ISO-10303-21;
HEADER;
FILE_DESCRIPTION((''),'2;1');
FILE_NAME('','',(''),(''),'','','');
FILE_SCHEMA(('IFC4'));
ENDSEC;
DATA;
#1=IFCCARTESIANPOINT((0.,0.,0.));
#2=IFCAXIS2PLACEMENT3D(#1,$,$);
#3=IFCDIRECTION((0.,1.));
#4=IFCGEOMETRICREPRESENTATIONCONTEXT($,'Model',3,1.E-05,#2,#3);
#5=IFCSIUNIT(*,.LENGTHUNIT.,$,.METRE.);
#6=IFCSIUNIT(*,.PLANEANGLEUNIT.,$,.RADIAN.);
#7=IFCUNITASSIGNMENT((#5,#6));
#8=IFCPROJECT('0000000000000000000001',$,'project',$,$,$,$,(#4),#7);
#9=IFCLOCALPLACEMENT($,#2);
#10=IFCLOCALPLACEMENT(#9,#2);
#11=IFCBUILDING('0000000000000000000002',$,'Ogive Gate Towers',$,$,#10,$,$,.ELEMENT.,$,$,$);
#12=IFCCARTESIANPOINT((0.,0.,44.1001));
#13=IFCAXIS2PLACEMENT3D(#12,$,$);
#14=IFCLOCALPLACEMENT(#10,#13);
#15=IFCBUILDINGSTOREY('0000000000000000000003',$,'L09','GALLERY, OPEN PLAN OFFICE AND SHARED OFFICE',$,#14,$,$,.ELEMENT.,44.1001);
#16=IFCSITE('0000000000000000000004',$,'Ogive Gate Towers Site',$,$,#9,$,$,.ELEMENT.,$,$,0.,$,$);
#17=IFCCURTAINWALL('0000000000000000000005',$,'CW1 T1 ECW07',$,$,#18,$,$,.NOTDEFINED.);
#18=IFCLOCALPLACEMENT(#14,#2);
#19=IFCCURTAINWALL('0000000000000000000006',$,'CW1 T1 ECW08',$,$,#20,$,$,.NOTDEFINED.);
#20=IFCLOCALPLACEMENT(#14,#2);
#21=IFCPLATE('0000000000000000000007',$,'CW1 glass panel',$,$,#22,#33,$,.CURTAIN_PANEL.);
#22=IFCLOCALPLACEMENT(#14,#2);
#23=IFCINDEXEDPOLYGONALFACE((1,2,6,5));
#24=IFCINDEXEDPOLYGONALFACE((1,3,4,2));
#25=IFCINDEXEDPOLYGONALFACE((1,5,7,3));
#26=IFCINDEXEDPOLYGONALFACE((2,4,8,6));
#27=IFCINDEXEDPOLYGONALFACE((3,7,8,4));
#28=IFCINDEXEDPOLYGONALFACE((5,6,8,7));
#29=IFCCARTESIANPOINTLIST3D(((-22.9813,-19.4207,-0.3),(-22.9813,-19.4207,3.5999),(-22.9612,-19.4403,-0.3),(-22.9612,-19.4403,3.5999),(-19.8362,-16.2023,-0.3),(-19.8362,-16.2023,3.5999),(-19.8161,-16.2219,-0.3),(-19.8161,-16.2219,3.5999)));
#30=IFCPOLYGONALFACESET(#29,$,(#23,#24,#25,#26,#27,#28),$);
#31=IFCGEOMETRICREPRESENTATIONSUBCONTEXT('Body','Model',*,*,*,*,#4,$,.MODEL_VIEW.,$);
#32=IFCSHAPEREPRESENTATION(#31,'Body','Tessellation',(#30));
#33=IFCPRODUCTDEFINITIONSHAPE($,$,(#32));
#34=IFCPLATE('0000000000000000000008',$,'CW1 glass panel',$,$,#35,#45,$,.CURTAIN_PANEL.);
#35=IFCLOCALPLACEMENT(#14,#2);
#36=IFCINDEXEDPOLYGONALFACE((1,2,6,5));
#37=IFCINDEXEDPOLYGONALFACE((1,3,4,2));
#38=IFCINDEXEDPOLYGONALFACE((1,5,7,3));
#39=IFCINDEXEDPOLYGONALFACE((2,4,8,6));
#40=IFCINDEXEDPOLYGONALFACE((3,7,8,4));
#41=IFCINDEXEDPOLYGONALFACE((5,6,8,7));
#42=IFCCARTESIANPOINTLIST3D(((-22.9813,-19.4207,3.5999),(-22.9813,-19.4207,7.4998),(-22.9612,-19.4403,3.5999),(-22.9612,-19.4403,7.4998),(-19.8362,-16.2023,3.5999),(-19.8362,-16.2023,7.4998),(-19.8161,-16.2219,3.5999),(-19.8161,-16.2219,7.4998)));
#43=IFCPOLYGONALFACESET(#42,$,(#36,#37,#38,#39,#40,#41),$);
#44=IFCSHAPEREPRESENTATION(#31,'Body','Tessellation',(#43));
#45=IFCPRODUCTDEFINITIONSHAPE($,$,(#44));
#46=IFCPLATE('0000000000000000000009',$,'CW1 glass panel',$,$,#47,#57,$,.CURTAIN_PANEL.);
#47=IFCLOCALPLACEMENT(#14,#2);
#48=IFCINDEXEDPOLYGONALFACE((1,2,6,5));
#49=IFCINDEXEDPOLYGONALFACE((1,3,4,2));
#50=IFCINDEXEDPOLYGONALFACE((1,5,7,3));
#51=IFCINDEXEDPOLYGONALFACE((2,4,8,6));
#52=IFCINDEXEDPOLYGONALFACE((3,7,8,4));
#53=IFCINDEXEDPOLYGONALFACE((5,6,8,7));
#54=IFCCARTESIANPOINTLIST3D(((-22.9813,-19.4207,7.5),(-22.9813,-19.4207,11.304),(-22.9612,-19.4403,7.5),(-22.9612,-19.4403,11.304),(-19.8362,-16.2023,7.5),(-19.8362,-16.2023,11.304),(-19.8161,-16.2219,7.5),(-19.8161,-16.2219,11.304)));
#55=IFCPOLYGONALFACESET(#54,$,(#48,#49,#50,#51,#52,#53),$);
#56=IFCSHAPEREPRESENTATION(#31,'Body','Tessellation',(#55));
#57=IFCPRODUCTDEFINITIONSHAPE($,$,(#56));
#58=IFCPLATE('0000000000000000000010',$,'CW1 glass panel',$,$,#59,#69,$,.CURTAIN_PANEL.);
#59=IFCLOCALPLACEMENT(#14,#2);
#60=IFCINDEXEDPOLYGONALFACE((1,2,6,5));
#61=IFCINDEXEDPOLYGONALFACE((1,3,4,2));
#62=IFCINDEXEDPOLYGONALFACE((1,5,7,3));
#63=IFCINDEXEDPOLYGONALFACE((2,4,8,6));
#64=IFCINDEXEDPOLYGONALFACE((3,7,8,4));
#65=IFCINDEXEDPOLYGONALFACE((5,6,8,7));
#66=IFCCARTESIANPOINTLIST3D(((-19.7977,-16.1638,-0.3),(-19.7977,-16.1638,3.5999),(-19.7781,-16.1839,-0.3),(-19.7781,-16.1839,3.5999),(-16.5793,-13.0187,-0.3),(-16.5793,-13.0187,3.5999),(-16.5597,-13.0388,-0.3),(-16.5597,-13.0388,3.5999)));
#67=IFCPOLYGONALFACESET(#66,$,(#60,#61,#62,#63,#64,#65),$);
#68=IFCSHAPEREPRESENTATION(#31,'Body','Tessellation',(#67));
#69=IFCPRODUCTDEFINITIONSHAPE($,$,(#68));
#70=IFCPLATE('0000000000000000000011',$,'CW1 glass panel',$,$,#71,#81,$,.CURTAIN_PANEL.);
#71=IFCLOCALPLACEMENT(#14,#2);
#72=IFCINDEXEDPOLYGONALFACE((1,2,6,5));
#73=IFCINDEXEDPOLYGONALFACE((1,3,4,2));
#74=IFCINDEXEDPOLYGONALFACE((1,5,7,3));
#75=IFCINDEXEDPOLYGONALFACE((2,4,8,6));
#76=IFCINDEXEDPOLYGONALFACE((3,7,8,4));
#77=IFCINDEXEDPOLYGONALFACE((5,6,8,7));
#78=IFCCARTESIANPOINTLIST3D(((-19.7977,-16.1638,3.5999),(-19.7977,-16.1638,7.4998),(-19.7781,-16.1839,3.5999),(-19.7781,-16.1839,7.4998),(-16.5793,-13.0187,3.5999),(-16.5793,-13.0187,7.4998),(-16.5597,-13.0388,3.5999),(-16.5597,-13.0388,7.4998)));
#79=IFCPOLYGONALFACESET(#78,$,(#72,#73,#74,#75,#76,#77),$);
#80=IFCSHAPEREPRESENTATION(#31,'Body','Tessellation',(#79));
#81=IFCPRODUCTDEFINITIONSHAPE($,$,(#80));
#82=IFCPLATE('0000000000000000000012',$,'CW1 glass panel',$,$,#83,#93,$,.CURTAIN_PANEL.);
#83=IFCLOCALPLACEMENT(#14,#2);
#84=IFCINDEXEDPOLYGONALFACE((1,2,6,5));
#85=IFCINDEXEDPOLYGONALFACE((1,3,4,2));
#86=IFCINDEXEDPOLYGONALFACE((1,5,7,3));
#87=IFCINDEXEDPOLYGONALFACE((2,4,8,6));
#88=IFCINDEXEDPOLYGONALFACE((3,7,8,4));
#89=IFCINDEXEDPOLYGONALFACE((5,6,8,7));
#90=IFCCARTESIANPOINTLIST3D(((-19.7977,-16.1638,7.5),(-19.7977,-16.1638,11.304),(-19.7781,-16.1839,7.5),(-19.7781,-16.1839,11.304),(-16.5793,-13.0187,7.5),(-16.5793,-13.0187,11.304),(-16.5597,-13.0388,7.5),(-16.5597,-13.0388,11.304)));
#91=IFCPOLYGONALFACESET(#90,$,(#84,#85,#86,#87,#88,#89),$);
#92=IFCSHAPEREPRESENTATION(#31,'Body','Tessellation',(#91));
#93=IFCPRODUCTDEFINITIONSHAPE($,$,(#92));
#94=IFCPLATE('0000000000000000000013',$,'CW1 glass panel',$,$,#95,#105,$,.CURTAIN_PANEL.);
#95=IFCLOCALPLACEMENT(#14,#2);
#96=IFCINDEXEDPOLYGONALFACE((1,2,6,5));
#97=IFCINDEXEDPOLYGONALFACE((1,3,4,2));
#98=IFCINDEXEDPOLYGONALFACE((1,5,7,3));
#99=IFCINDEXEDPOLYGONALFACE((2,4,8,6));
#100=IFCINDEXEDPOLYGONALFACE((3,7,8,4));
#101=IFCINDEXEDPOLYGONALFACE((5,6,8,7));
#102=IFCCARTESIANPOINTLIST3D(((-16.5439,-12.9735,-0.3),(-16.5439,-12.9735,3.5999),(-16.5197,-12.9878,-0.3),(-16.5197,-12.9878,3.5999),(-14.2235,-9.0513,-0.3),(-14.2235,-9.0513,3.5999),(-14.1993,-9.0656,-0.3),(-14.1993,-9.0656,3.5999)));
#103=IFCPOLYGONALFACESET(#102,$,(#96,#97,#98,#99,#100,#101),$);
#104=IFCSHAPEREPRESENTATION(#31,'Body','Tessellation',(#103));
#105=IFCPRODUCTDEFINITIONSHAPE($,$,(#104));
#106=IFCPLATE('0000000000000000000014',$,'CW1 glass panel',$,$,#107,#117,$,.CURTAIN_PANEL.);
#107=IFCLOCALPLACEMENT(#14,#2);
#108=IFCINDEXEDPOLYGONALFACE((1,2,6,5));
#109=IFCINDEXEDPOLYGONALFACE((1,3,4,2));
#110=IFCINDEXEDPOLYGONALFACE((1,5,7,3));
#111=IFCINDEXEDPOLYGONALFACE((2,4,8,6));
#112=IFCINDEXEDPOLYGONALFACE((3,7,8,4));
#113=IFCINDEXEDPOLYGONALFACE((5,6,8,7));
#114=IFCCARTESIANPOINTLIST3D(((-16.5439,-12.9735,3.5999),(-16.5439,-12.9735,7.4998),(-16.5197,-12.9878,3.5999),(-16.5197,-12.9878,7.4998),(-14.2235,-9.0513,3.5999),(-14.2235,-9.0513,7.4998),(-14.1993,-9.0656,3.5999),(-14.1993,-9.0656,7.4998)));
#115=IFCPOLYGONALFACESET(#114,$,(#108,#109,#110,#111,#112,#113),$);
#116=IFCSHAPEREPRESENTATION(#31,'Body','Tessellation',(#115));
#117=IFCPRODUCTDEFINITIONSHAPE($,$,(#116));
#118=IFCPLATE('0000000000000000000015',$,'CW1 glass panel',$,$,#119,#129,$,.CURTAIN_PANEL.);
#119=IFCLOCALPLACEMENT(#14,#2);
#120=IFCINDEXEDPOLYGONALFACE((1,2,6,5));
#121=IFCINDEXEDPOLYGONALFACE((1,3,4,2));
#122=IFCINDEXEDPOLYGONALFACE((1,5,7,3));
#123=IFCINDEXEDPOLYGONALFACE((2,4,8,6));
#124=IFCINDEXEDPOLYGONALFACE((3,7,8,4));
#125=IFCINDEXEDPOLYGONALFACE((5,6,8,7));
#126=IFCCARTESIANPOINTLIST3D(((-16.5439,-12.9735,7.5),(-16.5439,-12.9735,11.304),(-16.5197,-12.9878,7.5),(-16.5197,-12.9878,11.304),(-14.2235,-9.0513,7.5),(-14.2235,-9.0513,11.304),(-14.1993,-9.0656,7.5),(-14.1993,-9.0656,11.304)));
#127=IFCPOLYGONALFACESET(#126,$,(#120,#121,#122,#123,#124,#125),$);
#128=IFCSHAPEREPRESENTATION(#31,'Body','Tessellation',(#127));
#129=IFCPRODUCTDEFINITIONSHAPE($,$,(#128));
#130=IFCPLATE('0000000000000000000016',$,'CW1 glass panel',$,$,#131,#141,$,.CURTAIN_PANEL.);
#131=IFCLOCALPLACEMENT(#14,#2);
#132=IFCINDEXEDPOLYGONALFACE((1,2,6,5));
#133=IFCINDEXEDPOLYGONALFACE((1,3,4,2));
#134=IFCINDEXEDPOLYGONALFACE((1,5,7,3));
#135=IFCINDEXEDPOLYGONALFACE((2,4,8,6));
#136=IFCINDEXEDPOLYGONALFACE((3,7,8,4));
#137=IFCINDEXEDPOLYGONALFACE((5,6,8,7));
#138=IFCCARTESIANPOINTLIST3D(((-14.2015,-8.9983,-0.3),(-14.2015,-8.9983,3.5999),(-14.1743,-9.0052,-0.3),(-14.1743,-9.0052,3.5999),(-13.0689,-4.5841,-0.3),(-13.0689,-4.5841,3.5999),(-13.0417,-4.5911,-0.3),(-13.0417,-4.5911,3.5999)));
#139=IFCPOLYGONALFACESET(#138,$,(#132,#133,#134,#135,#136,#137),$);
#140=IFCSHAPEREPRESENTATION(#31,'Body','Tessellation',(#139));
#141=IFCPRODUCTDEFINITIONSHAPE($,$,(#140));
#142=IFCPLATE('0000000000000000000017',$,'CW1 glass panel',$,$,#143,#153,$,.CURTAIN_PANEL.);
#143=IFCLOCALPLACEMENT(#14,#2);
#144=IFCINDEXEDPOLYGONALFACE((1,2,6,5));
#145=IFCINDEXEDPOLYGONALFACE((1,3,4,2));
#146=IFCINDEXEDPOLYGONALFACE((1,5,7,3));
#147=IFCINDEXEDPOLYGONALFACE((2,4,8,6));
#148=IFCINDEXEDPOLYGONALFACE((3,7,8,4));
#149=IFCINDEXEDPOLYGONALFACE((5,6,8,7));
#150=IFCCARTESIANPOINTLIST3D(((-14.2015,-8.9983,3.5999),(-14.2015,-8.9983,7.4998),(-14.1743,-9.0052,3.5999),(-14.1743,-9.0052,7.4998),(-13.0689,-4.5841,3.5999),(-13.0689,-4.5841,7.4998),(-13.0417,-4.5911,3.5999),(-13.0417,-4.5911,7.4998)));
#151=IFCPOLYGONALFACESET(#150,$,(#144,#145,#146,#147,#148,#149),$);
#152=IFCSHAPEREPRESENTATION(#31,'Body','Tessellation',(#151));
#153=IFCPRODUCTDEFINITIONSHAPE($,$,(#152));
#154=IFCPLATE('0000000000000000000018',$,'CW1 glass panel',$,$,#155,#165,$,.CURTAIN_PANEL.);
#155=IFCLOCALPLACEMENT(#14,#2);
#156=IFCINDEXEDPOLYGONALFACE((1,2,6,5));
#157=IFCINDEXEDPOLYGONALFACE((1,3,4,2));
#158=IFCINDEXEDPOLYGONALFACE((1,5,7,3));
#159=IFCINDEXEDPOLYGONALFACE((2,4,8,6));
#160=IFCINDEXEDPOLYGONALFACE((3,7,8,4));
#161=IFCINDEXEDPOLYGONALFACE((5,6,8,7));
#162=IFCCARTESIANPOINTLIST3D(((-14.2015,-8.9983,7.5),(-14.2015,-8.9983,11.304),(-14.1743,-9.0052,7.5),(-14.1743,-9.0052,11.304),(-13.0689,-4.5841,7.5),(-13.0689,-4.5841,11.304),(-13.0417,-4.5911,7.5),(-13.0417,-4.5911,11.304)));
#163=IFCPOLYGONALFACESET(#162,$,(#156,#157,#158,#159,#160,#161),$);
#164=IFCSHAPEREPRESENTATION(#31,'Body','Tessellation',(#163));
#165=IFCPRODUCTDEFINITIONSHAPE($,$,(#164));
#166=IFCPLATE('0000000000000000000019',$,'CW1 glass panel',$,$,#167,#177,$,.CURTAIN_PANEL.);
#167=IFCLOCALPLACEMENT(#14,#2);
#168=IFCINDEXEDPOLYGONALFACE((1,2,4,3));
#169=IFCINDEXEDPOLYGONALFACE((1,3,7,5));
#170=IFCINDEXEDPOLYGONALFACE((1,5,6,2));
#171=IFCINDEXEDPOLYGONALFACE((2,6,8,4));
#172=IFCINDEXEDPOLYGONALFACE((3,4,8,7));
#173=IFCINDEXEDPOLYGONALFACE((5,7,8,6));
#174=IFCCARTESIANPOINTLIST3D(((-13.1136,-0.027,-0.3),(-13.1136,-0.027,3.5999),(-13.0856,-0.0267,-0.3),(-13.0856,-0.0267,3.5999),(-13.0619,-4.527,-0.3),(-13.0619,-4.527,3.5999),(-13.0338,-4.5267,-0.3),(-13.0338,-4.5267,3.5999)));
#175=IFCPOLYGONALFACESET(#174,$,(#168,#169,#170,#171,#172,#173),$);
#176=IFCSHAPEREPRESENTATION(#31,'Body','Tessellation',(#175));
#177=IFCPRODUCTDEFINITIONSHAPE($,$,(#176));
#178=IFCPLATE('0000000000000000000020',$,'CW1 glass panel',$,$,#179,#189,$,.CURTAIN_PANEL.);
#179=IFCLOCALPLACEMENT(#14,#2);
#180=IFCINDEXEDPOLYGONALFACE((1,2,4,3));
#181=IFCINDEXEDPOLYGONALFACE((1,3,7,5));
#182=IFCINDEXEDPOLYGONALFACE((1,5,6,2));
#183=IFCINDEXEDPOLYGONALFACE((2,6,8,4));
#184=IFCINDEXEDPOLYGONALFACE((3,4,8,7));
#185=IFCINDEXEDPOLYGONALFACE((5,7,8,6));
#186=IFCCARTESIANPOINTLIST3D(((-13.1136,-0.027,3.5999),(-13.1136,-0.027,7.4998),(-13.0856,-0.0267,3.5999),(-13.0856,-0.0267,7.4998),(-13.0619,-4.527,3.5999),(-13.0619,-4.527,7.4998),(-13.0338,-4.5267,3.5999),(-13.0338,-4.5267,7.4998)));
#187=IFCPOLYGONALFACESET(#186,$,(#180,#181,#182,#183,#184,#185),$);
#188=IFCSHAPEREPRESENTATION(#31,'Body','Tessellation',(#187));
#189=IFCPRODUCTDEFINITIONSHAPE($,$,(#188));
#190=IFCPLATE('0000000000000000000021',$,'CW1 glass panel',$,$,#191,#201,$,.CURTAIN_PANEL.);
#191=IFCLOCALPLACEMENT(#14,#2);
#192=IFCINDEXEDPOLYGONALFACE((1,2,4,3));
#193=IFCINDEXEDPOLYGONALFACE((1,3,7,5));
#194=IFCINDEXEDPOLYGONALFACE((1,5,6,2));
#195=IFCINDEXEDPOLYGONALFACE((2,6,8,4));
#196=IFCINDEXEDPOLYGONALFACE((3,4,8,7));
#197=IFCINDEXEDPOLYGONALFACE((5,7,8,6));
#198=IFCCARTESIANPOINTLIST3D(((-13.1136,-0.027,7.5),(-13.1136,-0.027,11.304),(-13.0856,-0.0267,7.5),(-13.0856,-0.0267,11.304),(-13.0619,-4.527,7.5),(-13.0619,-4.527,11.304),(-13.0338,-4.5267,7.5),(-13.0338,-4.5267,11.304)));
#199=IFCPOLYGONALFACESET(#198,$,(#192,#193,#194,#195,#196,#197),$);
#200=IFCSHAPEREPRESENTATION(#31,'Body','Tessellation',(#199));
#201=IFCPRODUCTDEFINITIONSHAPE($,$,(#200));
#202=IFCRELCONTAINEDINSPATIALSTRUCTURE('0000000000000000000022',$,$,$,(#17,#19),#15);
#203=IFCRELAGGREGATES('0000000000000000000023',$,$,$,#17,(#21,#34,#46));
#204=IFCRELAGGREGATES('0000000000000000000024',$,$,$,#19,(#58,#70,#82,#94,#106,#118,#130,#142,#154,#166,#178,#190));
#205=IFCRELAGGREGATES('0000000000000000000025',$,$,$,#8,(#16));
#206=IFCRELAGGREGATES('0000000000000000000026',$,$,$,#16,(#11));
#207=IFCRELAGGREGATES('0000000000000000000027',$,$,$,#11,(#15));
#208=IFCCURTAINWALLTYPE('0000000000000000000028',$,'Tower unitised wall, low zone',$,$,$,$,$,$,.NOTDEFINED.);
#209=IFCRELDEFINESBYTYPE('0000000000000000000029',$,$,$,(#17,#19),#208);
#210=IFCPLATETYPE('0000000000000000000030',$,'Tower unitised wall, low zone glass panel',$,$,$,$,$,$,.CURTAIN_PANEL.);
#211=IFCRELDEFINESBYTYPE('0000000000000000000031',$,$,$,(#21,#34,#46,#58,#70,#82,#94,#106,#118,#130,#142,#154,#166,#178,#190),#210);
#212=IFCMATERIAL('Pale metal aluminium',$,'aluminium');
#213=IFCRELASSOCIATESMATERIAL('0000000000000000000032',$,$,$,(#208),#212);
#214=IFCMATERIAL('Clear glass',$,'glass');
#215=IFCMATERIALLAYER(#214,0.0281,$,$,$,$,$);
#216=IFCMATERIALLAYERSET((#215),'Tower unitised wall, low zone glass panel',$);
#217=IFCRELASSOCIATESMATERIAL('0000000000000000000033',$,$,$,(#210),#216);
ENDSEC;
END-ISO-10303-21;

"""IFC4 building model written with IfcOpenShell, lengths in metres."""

from ifc_helpers import new_model, si_unit, direction, frame, origin, origin_2d, place, context, subcontext, project, spatial, rectangle, extrude, material, layer, layer_set, type_object, element, aggregate, save


model = new_model("IFC4")

# Units and contexts
model_context = context("Model", 3, precision=1e-05, world=origin(), true_north=direction((0.0, 1.0)))
body_context = subcontext(model_context, "Body", "Model", "MODEL_VIEW")
ifc_project = project(units=[si_unit("LENGTHUNIT", "METRE"), si_unit("PLANEANGLEUNIT", "RADIAN")], contexts=[model_context])

# Site, building, storey
site_placement = place(None, origin())
site = spatial("IfcSite", under=ifc_project, at=site_placement, Name="Ogive Gate Towers Site", CompositionType="ELEMENT", RefElevation=0.0)
building_placement = place(site_placement, origin())
building = spatial("IfcBuilding", under=site, at=building_placement, Name="Ogive Gate Towers", CompositionType="ELEMENT")
storey_placement = place(building_placement, frame((0.0, 0.0, 44.1001)))
storey = spatial("IfcBuildingStorey", under=building, at=storey_placement, Name="L09", Description="GALLERY, OPEN PLAN OFFICE AND SHARED OFFICE", CompositionType="ELEMENT", Elevation=44.1001)

# Curtain walls
ifc_material_1 = material(Name="Pale metal aluminium", Category="aluminium")
curtain_wall_type = type_object("IfcCurtainWallType", Name="Tower unitised wall, low zone", PredefinedType="NOTDEFINED", material=ifc_material_1)
curtain_wall_1_placement = place(storey_placement, origin())
curtain_wall_1 = element("IfcCurtainWall", 1, at=curtain_wall_1_placement, inside=storey, type_object=curtain_wall_type, Name="CW1 T1 ECW07", PredefinedType="NOTDEFINED")
curtain_wall_2_placement = place(storey_placement, origin())
curtain_wall_2 = element("IfcCurtainWall", 2, at=curtain_wall_2_placement, inside=storey, type_object=curtain_wall_type, Name="CW1 T1 ECW08", PredefinedType="NOTDEFINED")

# Plates
ifc_material_2 = material(Name="Clear glass", Category="glass")
ifc_layer_1 = layer(ifc_material_2, 0.0281)
ifc_layer_set_1 = layer_set([ifc_layer_1], Name="Tower unitised wall, low zone glass panel")
plate_type = type_object("IfcPlateType", Name="Tower unitised wall, low zone glass panel", PredefinedType="CURTAIN_PANEL", material=ifc_layer_set_1)
plate_1_placement = place(storey_placement, frame((-21.3987, -17.8213, -0.3), z_axis=(0.0, 0.0, 1.0), x_axis=(0.698915, 0.715205, 0.0)))
plate_1 = element("IfcPlate", 3, at=plate_1_placement, type_object=plate_type, Name="CW1 glass panel", PredefinedType="CURTAIN_PANEL", context=body_context, shape_type="SweptSolid", body=[
    extrude(rectangle(XDim=4.5, YDim=0.0281, at=origin_2d()), origin(), (0.0, 0.0, 1.0), 3.8999),
])
plate_2_placement = place(storey_placement, frame((-21.3987, -17.8213, 3.5999), z_axis=(0.0, 0.0, 1.0), x_axis=(0.698915, 0.715205, 0.0)))
plate_2 = element("IfcPlate", 4, at=plate_2_placement, type_object=plate_type, Name="CW1 glass panel", PredefinedType="CURTAIN_PANEL", context=body_context, shape_type="SweptSolid", body=[
    extrude(rectangle(XDim=4.5, YDim=0.0281, at=origin_2d()), origin(), (0.0, 0.0, 1.0), 3.8999),
])
plate_3_placement = place(storey_placement, frame((-21.3987, -17.8213, 7.5), z_axis=(0.0, 0.0, 1.0), x_axis=(0.698915, 0.715205, 0.0)))
plate_3 = element("IfcPlate", 5, at=plate_3_placement, type_object=plate_type, Name="CW1 glass panel", PredefinedType="CURTAIN_PANEL", context=body_context, shape_type="SweptSolid", body=[
    extrude(rectangle(XDim=4.5, YDim=0.0281, at=origin_2d()), origin(), (0.0, 0.0, 1.0), 3.804),
])
aggregate(curtain_wall_1, [plate_1, plate_2, plate_3])
plate_4_placement = place(storey_placement, frame((-18.1787, -14.6013, -0.3), z_axis=(0.0, 0.0, 1.0), x_axis=(0.715205, 0.698915, 0.0)))
plate_4 = element("IfcPlate", 6, at=plate_4_placement, type_object=plate_type, Name="CW1 glass panel", PredefinedType="CURTAIN_PANEL", context=body_context, shape_type="SweptSolid", body=[
    extrude(rectangle(XDim=4.5, YDim=0.0281, at=origin_2d()), origin(), (0.0, 0.0, 1.0), 3.8999),
])
plate_5_placement = place(storey_placement, frame((-18.1787, -14.6013, 3.5999), z_axis=(0.0, 0.0, 1.0), x_axis=(0.715205, 0.698915, 0.0)))
plate_5 = element("IfcPlate", 7, at=plate_5_placement, type_object=plate_type, Name="CW1 glass panel", PredefinedType="CURTAIN_PANEL", context=body_context, shape_type="SweptSolid", body=[
    extrude(rectangle(XDim=4.5, YDim=0.0281, at=origin_2d()), origin(), (0.0, 0.0, 1.0), 3.8999),
])
plate_6_placement = place(storey_placement, frame((-18.1787, -14.6013, 7.5), z_axis=(0.0, 0.0, 1.0), x_axis=(0.715205, 0.698915, 0.0)))
plate_6 = element("IfcPlate", 8, at=plate_6_placement, type_object=plate_type, Name="CW1 glass panel", PredefinedType="CURTAIN_PANEL", context=body_context, shape_type="SweptSolid", body=[
    extrude(rectangle(XDim=4.5, YDim=0.0281, at=origin_2d()), origin(), (0.0, 0.0, 1.0), 3.804),
])
plate_7_placement = place(storey_placement, frame((-15.3716, -11.0195, -0.3), z_axis=(0.0, 0.0, 1.0), x_axis=(0.509177, 0.860662, 0.0)))
plate_7 = element("IfcPlate", 9, at=plate_7_placement, type_object=plate_type, Name="CW1 glass panel", PredefinedType="CURTAIN_PANEL", context=body_context, shape_type="SweptSolid", body=[
    extrude(rectangle(XDim=4.5571, YDim=0.0281, at=origin_2d()), origin(), (0.0, 0.0, 1.0), 3.8999),
])
plate_8_placement = place(storey_placement, frame((-15.3716, -11.0195, 3.5999), z_axis=(0.0, 0.0, 1.0), x_axis=(0.509177, 0.860662, 0.0)))
plate_8 = element("IfcPlate", 10, at=plate_8_placement, type_object=plate_type, Name="CW1 glass panel", PredefinedType="CURTAIN_PANEL", context=body_context, shape_type="SweptSolid", body=[
    extrude(rectangle(XDim=4.5571, YDim=0.0281, at=origin_2d()), origin(), (0.0, 0.0, 1.0), 3.8999),
])
plate_9_placement = place(storey_placement, frame((-15.3716, -11.0195, 7.5), z_axis=(0.0, 0.0, 1.0), x_axis=(0.509177, 0.860662, 0.0)))
plate_9 = element("IfcPlate", 11, at=plate_9_placement, type_object=plate_type, Name="CW1 glass panel", PredefinedType="CURTAIN_PANEL", context=body_context, shape_type="SweptSolid", body=[
    extrude(rectangle(XDim=4.5571, YDim=0.0281, at=origin_2d()), origin(), (0.0, 0.0, 1.0), 3.804),
])
plate_10_placement = place(storey_placement, frame((-13.6216, -6.7947, -0.3), z_axis=(0.0, 0.0, 1.0), x_axis=(0.248521, 0.968627, 0.0)))
plate_10 = element("IfcPlate", 12, at=plate_10_placement, type_object=plate_type, Name="CW1 glass panel", PredefinedType="CURTAIN_PANEL", context=body_context, shape_type="SweptSolid", body=[
    extrude(rectangle(XDim=4.5571, YDim=0.0281, at=origin_2d()), origin(), (0.0, 0.0, 1.0), 3.8999),
])
plate_11_placement = place(storey_placement, frame((-13.6216, -6.7947, 3.5999), z_axis=(0.0, 0.0, 1.0), x_axis=(0.248521, 0.968627, 0.0)))
plate_11 = element("IfcPlate", 13, at=plate_11_placement, type_object=plate_type, Name="CW1 glass panel", PredefinedType="CURTAIN_PANEL", context=body_context, shape_type="SweptSolid", body=[
    extrude(rectangle(XDim=4.5571, YDim=0.0281, at=origin_2d()), origin(), (0.0, 0.0, 1.0), 3.8999),
])
plate_12_placement = place(storey_placement, frame((-13.6216, -6.7947, 7.5), z_axis=(0.0, 0.0, 1.0), x_axis=(0.248521, 0.968627, 0.0)))
plate_12 = element("IfcPlate", 14, at=plate_12_placement, type_object=plate_type, Name="CW1 glass panel", PredefinedType="CURTAIN_PANEL", context=body_context, shape_type="SweptSolid", body=[
    extrude(rectangle(XDim=4.5571, YDim=0.0281, at=origin_2d()), origin(), (0.0, 0.0, 1.0), 3.804),
])
plate_13_placement = place(storey_placement, frame((-13.0737, -2.2769, -0.3), z_axis=(0.0, 0.0, 1.0), x_axis=(-0.011501, 0.999934, 0.0)))
plate_13 = element("IfcPlate", 15, at=plate_13_placement, type_object=plate_type, Name="CW1 glass panel", PredefinedType="CURTAIN_PANEL", context=body_context, shape_type="SweptSolid", body=[
    extrude(rectangle(XDim=4.5002, YDim=0.0281, at=origin_2d()), origin(), (0.0, 0.0, 1.0), 3.8999),
])
plate_14_placement = place(storey_placement, frame((-13.0737, -2.2769, 3.5999), z_axis=(0.0, 0.0, 1.0), x_axis=(-0.011501, 0.999934, 0.0)))
plate_14 = element("IfcPlate", 16, at=plate_14_placement, type_object=plate_type, Name="CW1 glass panel", PredefinedType="CURTAIN_PANEL", context=body_context, shape_type="SweptSolid", body=[
    extrude(rectangle(XDim=4.5002, YDim=0.0281, at=origin_2d()), origin(), (0.0, 0.0, 1.0), 3.8999),
])
plate_15_placement = place(storey_placement, frame((-13.0737, -2.2769, 7.5), z_axis=(0.0, 0.0, 1.0), x_axis=(-0.011501, 0.999934, 0.0)))
plate_15 = element("IfcPlate", 17, at=plate_15_placement, type_object=plate_type, Name="CW1 glass panel", PredefinedType="CURTAIN_PANEL", context=body_context, shape_type="SweptSolid", body=[
    extrude(rectangle(XDim=4.5002, YDim=0.0281, at=origin_2d()), origin(), (0.0, 0.0, 1.0), 3.804),
])
aggregate(curtain_wall_2, [plate_4, plate_5, plate_6, plate_7, plate_8, plate_9, plate_10, plate_11, plate_12, plate_13, plate_14, plate_15])

save(model, "model.ifc")
